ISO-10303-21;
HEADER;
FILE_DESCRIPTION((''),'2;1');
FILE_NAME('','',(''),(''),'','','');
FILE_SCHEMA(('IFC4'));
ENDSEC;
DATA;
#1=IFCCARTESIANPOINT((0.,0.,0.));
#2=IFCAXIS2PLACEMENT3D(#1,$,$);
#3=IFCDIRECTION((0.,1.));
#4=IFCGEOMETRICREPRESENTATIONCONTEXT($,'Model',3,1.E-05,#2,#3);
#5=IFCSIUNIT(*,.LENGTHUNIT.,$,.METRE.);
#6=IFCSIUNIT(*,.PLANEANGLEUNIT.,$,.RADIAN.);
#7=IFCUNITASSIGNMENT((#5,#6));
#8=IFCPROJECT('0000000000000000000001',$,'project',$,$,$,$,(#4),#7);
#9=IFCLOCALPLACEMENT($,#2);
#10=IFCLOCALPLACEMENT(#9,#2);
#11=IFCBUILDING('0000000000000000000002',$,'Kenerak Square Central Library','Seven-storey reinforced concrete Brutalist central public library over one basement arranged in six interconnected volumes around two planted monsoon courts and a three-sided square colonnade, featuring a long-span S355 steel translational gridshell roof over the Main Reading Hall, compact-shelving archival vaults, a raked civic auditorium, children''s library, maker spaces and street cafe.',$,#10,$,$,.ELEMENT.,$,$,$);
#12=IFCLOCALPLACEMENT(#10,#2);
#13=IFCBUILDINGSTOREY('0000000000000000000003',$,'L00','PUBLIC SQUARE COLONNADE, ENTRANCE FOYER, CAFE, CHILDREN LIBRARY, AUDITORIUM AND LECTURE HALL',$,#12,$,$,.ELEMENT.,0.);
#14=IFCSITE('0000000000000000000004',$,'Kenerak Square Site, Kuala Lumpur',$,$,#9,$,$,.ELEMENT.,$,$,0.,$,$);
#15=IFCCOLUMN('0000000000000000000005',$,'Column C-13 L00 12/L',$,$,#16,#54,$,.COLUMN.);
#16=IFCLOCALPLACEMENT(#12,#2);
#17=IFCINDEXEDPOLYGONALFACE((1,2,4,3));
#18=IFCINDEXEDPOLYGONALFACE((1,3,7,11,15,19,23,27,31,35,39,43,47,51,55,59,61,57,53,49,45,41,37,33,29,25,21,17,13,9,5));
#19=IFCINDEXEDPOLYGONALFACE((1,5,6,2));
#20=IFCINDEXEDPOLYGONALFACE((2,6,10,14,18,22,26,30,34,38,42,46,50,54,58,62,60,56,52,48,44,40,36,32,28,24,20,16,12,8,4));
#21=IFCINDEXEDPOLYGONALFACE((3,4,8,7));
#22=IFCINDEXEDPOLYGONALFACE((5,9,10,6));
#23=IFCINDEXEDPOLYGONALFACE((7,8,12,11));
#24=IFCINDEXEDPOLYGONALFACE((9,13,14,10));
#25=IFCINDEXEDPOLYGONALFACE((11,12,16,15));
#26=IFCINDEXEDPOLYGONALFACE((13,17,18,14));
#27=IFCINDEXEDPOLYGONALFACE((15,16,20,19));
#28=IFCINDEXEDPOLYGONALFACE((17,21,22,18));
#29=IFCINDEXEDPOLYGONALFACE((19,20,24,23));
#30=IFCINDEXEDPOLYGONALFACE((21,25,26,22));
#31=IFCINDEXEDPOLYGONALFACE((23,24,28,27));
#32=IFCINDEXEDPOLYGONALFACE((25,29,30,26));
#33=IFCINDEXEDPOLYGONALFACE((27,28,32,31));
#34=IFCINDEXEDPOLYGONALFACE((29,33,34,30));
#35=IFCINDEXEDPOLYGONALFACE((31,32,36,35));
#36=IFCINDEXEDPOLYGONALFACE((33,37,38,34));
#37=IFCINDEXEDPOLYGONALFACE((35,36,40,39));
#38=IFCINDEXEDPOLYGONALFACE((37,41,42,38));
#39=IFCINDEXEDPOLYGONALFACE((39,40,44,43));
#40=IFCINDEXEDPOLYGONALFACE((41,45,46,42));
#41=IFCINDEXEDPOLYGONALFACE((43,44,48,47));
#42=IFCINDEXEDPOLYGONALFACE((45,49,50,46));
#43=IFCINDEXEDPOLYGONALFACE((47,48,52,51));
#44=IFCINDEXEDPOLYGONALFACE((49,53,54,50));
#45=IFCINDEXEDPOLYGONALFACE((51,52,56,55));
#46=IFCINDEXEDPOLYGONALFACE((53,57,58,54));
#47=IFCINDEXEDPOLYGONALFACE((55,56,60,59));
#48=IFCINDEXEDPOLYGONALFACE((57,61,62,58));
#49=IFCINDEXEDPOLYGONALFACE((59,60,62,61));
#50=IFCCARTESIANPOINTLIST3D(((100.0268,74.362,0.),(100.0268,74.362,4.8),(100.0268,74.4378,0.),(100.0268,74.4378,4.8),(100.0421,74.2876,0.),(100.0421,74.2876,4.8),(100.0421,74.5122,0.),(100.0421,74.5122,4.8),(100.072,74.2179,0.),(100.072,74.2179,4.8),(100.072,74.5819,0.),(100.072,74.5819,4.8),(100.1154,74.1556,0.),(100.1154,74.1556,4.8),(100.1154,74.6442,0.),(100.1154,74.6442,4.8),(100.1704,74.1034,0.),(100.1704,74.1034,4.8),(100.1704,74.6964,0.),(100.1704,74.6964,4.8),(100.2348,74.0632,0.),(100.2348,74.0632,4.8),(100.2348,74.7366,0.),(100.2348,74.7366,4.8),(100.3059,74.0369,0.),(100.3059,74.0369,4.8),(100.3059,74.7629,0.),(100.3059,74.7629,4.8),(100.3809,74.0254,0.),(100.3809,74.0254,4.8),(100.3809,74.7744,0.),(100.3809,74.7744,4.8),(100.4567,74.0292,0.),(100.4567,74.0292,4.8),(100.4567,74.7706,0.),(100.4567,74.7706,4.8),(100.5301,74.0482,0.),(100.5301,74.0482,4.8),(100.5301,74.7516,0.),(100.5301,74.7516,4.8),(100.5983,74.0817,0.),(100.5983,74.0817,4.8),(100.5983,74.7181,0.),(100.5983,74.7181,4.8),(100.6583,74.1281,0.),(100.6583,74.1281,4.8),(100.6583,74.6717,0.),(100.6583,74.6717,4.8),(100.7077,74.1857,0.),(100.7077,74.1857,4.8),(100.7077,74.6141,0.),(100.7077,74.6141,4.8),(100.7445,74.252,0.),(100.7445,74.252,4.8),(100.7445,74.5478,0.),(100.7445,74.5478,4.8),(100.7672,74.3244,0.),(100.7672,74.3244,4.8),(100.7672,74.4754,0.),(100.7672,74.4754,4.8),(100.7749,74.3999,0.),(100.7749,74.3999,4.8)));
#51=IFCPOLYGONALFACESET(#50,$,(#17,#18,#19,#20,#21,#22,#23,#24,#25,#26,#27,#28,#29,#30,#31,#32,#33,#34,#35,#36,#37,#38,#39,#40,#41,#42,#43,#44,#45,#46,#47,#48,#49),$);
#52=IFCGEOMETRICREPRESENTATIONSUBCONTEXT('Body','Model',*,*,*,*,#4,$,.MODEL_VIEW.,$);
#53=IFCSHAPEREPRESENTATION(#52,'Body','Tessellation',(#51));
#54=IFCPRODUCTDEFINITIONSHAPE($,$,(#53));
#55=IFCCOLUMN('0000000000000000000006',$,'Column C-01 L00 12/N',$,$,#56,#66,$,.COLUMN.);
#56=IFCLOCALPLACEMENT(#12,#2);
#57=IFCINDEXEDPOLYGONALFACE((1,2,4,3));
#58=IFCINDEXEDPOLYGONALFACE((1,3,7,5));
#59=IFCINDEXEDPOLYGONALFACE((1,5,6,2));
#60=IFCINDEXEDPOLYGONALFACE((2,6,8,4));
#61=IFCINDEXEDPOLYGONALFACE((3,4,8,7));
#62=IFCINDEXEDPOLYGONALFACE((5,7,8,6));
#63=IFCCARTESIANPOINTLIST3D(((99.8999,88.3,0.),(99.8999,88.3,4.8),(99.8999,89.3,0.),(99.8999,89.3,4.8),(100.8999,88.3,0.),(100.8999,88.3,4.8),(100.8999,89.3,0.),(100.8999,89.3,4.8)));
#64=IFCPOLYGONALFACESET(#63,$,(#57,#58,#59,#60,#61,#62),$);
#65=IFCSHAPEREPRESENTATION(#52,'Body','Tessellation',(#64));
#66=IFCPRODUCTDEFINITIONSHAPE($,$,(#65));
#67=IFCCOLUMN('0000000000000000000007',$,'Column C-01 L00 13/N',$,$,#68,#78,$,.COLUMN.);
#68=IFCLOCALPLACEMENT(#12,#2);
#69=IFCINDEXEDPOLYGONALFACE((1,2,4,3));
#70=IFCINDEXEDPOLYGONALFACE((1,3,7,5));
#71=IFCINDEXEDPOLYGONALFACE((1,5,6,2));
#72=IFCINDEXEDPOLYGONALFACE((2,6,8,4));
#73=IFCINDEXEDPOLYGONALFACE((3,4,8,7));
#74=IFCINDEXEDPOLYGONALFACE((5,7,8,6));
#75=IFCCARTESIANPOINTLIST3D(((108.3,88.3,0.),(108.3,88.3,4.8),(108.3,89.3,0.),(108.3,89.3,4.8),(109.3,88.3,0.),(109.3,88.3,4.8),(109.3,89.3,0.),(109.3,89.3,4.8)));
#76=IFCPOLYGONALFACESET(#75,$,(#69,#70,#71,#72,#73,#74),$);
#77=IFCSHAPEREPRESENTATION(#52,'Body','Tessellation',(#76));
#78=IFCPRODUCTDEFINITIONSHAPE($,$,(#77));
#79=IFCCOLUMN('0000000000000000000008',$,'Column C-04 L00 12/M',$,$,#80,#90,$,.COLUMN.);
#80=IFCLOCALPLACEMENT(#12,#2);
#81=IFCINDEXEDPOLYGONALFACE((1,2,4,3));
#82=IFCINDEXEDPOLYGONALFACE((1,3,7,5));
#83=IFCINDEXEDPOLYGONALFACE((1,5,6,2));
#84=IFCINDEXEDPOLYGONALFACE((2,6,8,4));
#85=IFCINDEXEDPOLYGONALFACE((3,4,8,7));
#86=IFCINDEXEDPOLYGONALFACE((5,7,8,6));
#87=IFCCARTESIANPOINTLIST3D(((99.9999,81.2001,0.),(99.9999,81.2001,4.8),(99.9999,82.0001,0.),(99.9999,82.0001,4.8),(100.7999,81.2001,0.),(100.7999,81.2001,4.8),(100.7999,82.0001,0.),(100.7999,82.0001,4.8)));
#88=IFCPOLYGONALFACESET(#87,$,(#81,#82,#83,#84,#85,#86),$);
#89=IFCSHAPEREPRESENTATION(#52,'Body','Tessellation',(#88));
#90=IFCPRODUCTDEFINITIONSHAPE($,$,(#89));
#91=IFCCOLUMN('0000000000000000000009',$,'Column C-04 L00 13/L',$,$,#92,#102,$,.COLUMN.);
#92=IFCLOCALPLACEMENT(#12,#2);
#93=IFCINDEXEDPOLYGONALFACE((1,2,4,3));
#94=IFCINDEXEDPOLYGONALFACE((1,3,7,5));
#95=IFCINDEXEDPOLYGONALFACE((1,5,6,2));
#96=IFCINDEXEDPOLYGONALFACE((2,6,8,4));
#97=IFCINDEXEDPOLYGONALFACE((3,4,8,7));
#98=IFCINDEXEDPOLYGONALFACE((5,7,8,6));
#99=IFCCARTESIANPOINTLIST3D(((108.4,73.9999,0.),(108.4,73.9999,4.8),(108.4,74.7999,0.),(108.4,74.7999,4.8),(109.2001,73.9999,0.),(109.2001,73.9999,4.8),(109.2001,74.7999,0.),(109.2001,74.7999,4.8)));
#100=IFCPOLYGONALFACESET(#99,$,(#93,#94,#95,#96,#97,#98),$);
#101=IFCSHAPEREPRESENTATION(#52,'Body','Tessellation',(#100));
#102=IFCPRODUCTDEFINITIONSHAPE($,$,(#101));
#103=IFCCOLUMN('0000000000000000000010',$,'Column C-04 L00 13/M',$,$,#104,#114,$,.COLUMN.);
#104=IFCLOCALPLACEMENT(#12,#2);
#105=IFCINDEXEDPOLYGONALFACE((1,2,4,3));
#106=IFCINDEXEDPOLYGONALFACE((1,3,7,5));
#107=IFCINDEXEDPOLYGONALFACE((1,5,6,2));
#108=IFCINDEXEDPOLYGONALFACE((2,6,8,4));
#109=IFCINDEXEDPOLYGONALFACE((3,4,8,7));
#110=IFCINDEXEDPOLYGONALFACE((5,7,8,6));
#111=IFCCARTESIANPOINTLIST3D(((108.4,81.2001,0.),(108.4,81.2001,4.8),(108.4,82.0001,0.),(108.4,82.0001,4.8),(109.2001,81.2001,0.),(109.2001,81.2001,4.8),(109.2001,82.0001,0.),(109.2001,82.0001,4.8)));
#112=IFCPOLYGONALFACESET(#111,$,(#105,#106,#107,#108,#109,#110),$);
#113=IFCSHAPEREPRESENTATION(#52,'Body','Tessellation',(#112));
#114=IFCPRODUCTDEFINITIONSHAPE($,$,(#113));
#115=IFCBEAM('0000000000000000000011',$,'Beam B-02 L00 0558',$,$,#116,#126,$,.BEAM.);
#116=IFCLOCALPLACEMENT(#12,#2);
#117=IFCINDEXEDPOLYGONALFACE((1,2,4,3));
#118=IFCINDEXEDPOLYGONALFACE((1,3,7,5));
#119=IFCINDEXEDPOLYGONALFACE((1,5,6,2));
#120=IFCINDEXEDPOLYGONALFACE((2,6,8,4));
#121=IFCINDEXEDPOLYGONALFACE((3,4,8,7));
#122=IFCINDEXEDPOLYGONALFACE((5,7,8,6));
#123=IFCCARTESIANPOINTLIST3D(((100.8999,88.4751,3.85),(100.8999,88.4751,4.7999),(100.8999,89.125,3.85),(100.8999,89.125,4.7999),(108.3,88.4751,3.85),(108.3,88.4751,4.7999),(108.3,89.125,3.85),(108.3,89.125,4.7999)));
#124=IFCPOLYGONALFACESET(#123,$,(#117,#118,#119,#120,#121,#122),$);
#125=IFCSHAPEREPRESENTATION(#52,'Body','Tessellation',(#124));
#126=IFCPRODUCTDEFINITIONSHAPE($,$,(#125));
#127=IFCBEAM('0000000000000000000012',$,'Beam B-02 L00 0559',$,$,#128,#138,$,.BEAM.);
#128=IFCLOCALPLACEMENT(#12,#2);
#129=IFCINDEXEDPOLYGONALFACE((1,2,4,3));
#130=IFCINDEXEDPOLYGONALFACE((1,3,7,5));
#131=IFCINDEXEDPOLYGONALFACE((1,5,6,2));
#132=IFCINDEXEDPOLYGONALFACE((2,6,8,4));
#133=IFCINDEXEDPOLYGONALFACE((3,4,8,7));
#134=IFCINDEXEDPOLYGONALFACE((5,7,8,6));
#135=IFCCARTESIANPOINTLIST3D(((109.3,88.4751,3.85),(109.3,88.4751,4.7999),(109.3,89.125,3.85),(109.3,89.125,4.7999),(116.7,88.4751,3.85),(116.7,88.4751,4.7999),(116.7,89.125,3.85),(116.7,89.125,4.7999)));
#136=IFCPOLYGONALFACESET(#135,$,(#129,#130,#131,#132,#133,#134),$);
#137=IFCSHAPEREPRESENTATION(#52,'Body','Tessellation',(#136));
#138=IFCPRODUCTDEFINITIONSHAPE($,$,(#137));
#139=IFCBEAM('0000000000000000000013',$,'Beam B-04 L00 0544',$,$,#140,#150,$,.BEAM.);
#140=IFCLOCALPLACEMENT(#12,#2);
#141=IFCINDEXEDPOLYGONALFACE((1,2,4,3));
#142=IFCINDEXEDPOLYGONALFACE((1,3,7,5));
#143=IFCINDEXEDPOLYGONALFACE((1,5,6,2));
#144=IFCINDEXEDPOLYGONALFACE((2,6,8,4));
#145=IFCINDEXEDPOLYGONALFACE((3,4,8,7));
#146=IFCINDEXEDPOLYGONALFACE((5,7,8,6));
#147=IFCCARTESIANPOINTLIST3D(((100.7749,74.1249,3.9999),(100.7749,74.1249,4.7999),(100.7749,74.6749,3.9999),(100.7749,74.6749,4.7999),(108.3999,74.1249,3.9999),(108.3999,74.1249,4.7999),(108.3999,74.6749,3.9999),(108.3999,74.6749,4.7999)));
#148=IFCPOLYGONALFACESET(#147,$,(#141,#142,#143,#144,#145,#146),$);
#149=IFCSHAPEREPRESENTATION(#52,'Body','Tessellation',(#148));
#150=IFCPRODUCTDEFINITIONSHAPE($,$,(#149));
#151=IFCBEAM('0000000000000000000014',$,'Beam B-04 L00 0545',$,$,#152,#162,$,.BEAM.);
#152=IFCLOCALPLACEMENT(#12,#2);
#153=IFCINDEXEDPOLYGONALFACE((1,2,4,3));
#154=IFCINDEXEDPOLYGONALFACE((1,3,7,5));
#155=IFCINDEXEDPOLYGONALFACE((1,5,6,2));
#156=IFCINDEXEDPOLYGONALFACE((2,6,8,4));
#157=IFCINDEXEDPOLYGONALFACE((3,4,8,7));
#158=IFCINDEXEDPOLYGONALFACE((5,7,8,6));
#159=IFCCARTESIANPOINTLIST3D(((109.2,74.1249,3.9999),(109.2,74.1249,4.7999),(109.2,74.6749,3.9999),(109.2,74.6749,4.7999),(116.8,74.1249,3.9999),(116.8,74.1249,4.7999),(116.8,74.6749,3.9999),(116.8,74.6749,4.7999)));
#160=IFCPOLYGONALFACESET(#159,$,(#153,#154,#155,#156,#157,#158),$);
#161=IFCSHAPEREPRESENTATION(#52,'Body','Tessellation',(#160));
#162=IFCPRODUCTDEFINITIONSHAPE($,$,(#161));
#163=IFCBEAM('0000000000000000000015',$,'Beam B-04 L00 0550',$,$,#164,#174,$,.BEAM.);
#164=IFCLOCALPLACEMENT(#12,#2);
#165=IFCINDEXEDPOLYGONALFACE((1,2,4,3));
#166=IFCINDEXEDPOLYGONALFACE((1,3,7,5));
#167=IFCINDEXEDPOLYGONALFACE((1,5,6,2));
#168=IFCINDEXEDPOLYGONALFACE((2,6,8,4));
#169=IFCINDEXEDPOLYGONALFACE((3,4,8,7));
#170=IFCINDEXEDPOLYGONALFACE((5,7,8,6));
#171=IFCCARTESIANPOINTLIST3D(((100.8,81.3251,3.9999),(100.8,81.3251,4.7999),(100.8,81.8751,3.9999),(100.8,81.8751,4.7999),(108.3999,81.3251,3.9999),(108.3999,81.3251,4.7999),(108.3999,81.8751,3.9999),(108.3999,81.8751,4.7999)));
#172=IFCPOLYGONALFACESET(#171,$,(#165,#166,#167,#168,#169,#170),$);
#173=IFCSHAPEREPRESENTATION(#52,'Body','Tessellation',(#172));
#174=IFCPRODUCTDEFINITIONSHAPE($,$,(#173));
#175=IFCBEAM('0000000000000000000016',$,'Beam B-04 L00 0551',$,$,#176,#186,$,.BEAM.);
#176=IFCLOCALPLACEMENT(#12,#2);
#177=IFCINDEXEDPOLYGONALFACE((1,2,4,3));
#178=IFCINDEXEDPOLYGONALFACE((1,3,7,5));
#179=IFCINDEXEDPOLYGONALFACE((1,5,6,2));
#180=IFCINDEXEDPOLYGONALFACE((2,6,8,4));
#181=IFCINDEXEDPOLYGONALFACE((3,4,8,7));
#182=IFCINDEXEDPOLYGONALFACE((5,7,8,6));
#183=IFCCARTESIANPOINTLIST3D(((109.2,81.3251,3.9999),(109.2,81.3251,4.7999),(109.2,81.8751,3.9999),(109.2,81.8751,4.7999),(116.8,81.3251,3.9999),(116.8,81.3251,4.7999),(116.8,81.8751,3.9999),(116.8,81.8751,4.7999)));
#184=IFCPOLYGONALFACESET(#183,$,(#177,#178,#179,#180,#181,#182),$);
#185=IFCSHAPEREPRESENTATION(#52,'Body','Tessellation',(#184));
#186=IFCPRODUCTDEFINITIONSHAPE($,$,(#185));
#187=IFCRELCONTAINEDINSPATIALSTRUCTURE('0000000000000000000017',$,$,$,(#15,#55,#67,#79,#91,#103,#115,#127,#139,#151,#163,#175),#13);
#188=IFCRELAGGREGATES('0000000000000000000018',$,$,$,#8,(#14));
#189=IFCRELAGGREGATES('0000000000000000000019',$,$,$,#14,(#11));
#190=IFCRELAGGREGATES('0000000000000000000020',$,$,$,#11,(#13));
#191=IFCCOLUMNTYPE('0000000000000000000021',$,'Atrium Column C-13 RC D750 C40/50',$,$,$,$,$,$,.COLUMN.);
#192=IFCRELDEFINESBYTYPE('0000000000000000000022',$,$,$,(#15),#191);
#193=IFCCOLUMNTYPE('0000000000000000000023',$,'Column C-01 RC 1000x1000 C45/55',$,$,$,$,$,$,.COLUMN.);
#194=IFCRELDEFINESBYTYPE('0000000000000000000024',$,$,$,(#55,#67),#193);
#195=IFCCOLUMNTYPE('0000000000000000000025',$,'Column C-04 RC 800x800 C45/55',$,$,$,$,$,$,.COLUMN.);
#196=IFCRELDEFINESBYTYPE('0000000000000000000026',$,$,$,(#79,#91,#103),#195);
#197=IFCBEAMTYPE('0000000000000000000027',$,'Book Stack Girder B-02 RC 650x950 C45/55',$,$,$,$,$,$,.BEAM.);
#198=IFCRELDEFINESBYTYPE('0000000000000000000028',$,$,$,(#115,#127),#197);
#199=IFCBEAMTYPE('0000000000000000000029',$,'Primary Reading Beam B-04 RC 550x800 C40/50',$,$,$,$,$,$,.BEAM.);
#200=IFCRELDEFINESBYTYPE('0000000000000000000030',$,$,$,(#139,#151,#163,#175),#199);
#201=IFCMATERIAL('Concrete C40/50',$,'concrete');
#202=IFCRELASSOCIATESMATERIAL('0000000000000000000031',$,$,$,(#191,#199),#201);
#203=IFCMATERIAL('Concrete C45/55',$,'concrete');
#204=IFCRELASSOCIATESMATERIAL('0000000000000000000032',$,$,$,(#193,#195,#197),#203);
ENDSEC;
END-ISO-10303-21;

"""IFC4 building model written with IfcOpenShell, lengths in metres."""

from ifc_helpers import new_model, si_unit, direction, frame, origin, origin_2d, place, context, subcontext, project, spatial, rectangle, circle, extrude, material, material_profile, profile_set, type_object, element, save


model = new_model("IFC4")

# Units and contexts
model_context = context("Model", 3, precision=1e-05, world=origin(), true_north=direction((0.0, 1.0)))
body_context = subcontext(model_context, "Body", "Model", "MODEL_VIEW")
ifc_project = project(units=[si_unit("LENGTHUNIT", "METRE"), si_unit("PLANEANGLEUNIT", "RADIAN")], contexts=[model_context])

# Site, building, storey
site_placement = place(None, origin())
site = spatial("IfcSite", under=ifc_project, at=site_placement, Name="Kenerak Square Site, Kuala Lumpur", CompositionType="ELEMENT", RefElevation=0.0)
building_placement = place(site_placement, origin())
building = spatial("IfcBuilding", under=site, at=building_placement, Name="Kenerak Square Central Library", Description="Seven-storey reinforced concrete Brutalist central public library over one basement arranged in six interconnected volumes around two planted monsoon courts and a three-sided square colonnade, featuring a long-span S355 steel translational gridshell roof over the Main Reading Hall, compact-shelving archival vaults, a raked civic auditorium, children's library, maker spaces and street cafe.", CompositionType="ELEMENT")
storey_placement = place(building_placement, origin())
storey = spatial("IfcBuildingStorey", under=building, at=storey_placement, Name="L00", Description="PUBLIC SQUARE COLONNADE, ENTRANCE FOYER, CAFE, CHILDREN LIBRARY, AUDITORIUM AND LECTURE HALL", CompositionType="ELEMENT", Elevation=0.0)

# Columns
ifc_material_1 = material(Name="Concrete C40/50", Category="concrete")
ifc_material_profile_1 = material_profile(ifc_material_1, circle(Radius=0.375, at=origin_2d()), Name="RC D750")
ifc_profile_set_1 = profile_set([ifc_material_profile_1], Name="Concrete C40/50")
column_type_1 = type_object("IfcColumnType", Name="Atrium Column C-13 RC D750 C40/50", PredefinedType="COLUMN", material=ifc_profile_set_1)
column_placement = place(storey_placement, frame((100.3999, 74.3999, 0.0), z_axis=(0.0, 0.0, 1.0), x_axis=(1.0, 0.0, 0.0)))
element("IfcColumn", 1, at=column_placement, inside=storey, type_object=column_type_1, Name="Column C-13 L00 12/L", PredefinedType="COLUMN", context=body_context, shape_type="SweptSolid", body=[
    extrude(circle(Radius=0.375, at=origin_2d()), origin(), (0.0, 0.0, 1.0), 4.8),
])
ifc_material_2 = material(Name="Concrete C45/55", Category="concrete")
ifc_material_profile_2 = material_profile(ifc_material_2, rectangle(XDim=1.0, YDim=1.0, at=origin_2d()), Name="RC 1000x1000")
ifc_profile_set_2 = profile_set([ifc_material_profile_2], Name="Concrete C45/55")
column_type_2 = type_object("IfcColumnType", Name="Column C-01 RC 1000x1000 C45/55", PredefinedType="COLUMN", material=ifc_profile_set_2)
for number, where, z_axis, x_axis, name in (
    (2, (100.3999, 88.8, 0.0), (0.0, 0.0, 1.0), (1.0, 0.0, 0.0), "Column C-01 L00 12/N"),
    (3, (108.8, 88.8, 0.0), (0.0, 0.0, 1.0), (1.0, 0.0, 0.0), "Column C-01 L00 13/N"),
):
    element("IfcColumn", number, at=place(storey_placement, frame(where, z_axis=z_axis, x_axis=x_axis)), inside=storey, type_object=column_type_2, Name=name, PredefinedType="COLUMN", context=body_context, shape_type="SweptSolid", body=[
        extrude(rectangle(XDim=1.0, YDim=1.0, at=origin_2d()), origin(), (0.0, 0.0, 1.0), 4.8),
    ])
ifc_material_profile_3 = material_profile(ifc_material_2, rectangle(XDim=0.8, YDim=0.8, at=origin_2d()), Name="RC 800x800")
ifc_profile_set_3 = profile_set([ifc_material_profile_3], Name="Concrete C45/55")
column_type_3 = type_object("IfcColumnType", Name="Column C-04 RC 800x800 C45/55", PredefinedType="COLUMN", material=ifc_profile_set_3)
for number, where, z_axis, x_axis, name in (
    (4, (100.3999, 81.6001, 0.0), (0.0, 0.0, 1.0), (1.0, 0.0, 0.0), "Column C-04 L00 12/M"),
    (5, (108.8, 74.3999, 0.0), (0.0, 0.0, 1.0), (1.0, 0.0, 0.0), "Column C-04 L00 13/L"),
    (6, (108.8, 81.6001, 0.0), (0.0, 0.0, 1.0), (1.0, 0.0, 0.0), "Column C-04 L00 13/M"),
):
    element("IfcColumn", number, at=place(storey_placement, frame(where, z_axis=z_axis, x_axis=x_axis)), inside=storey, type_object=column_type_3, Name=name, PredefinedType="COLUMN", context=body_context, shape_type="SweptSolid", body=[
        extrude(rectangle(XDim=0.8, YDim=0.8, at=origin_2d()), origin(), (0.0, 0.0, 1.0), 4.8),
    ])

# Beams
ifc_material_profile_4 = material_profile(ifc_material_2, rectangle(XDim=0.6499, YDim=0.95, at=origin_2d()), Name="RC 650x950")
ifc_profile_set_4 = profile_set([ifc_material_profile_4], Name="Concrete C45/55")
beam_type_1 = type_object("IfcBeamType", Name="Book Stack Girder B-02 RC 650x950 C45/55", PredefinedType="BEAM", material=ifc_profile_set_4)
beam_1_placement = place(storey_placement, frame((100.8999, 88.8, 4.325), z_axis=(1.0, 0.0, 0.0), x_axis=(0.0, 1.0, 0.0)))
element("IfcBeam", 7, at=beam_1_placement, inside=storey, type_object=beam_type_1, Name="Beam B-02 L00 0558", PredefinedType="BEAM", context=body_context, shape_type="SweptSolid", body=[
    extrude(rectangle(XDim=0.6499, YDim=0.95, at=origin_2d()), origin(), (0.0, 0.0, 1.0), 7.4001),
])
beam_2_placement = place(storey_placement, frame((109.3, 88.8, 4.325), z_axis=(1.0, 0.0, 0.0), x_axis=(0.0, 1.0, 0.0)))
element("IfcBeam", 8, at=beam_2_placement, inside=storey, type_object=beam_type_1, Name="Beam B-02 L00 0559", PredefinedType="BEAM", context=body_context, shape_type="SweptSolid", body=[
    extrude(rectangle(XDim=0.6499, YDim=0.95, at=origin_2d()), origin(), (0.0, 0.0, 1.0), 7.3999),
])
ifc_material_profile_5 = material_profile(ifc_material_1, rectangle(XDim=0.55, YDim=0.8, at=origin_2d()), Name="RC 550x800")
ifc_profile_set_5 = profile_set([ifc_material_profile_5], Name="Concrete C40/50")
beam_type_2 = type_object("IfcBeamType", Name="Primary Reading Beam B-04 RC 550x800 C40/50", PredefinedType="BEAM", material=ifc_profile_set_5)
beam_3_placement = place(storey_placement, frame((100.7749, 74.3999, 4.3999), z_axis=(1.0, 0.0, 0.0), x_axis=(0.0, 1.0, 0.0)))
element("IfcBeam", 9, at=beam_3_placement, inside=storey, type_object=beam_type_2, Name="Beam B-04 L00 0544", PredefinedType="BEAM", context=body_context, shape_type="SweptSolid", body=[
    extrude(rectangle(XDim=0.55, YDim=0.8, at=origin_2d()), origin(), (0.0, 0.0, 1.0), 7.625),
])
beam_4_placement = place(storey_placement, frame((109.2, 74.3999, 4.3999), z_axis=(1.0, 0.0, 0.0), x_axis=(0.0, 1.0, 0.0)))
element("IfcBeam", 10, at=beam_4_placement, inside=storey, type_object=beam_type_2, Name="Beam B-04 L00 0545", PredefinedType="BEAM", context=body_context, shape_type="SweptSolid", body=[
    extrude(rectangle(XDim=0.55, YDim=0.8, at=origin_2d()), origin(), (0.0, 0.0, 1.0), 7.6001),
])
beam_5_placement = place(storey_placement, frame((100.8, 81.6001, 4.3999), z_axis=(1.0, 0.0, 0.0), x_axis=(0.0, 1.0, 0.0)))
element("IfcBeam", 11, at=beam_5_placement, inside=storey, type_object=beam_type_2, Name="Beam B-04 L00 0550", PredefinedType="BEAM", context=body_context, shape_type="SweptSolid", body=[
    extrude(rectangle(XDim=0.55, YDim=0.8, at=origin_2d()), origin(), (0.0, 0.0, 1.0), 7.5999),
])
beam_6_placement = place(storey_placement, frame((109.2, 81.6001, 4.3999), z_axis=(1.0, 0.0, 0.0), x_axis=(0.0, 1.0, 0.0)))
element("IfcBeam", 12, at=beam_6_placement, inside=storey, type_object=beam_type_2, Name="Beam B-04 L00 0551", PredefinedType="BEAM", context=body_context, shape_type="SweptSolid", body=[
    extrude(rectangle(XDim=0.55, YDim=0.8, at=origin_2d()), origin(), (0.0, 0.0, 1.0), 7.6001),
])

save(model, "model.ifc")
